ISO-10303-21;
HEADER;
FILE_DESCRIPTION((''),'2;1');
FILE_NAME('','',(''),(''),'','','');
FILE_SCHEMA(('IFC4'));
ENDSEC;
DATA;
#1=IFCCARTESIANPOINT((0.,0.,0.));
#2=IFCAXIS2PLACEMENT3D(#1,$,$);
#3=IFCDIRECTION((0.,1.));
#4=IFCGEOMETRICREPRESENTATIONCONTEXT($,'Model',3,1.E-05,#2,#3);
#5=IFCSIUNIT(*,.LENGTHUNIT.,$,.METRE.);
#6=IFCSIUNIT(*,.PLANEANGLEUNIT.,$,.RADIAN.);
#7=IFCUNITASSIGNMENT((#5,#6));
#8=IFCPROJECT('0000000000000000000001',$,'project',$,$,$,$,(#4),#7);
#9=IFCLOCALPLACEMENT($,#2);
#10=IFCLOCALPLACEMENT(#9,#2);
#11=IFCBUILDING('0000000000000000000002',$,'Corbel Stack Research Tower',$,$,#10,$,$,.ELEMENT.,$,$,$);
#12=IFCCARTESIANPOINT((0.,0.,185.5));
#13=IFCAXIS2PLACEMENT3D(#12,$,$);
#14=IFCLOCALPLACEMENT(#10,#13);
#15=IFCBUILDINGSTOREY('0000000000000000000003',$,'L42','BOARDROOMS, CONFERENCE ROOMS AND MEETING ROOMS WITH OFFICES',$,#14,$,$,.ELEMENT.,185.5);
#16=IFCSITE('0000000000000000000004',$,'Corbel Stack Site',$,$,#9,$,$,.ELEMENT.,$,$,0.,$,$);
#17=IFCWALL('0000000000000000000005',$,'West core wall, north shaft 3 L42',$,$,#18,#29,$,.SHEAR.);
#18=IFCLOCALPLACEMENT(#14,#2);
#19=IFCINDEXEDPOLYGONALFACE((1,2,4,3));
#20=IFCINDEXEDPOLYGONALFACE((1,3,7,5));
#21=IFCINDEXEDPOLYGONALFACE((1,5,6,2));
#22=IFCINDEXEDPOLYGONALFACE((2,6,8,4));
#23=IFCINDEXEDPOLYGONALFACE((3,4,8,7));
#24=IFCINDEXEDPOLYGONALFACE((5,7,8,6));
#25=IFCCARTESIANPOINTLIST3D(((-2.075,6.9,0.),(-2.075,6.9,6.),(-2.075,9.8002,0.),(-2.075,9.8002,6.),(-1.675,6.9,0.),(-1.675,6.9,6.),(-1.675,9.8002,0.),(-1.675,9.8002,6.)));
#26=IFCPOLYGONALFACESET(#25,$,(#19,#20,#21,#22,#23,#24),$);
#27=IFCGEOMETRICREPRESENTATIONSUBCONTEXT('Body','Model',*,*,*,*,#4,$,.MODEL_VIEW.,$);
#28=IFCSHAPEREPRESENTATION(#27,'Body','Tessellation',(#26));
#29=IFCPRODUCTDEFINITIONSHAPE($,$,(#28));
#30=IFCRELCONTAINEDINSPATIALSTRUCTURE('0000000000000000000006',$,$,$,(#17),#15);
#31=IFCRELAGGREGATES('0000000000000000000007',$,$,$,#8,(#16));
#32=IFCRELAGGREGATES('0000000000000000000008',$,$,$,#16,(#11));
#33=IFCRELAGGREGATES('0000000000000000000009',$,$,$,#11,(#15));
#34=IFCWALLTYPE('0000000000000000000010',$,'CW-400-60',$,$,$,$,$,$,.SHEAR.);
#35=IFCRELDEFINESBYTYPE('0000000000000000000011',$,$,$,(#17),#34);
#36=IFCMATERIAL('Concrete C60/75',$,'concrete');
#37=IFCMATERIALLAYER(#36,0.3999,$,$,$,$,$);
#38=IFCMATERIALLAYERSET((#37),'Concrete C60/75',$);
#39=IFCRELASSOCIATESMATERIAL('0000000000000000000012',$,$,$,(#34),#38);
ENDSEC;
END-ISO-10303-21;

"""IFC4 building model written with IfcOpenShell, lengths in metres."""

from ifc_helpers import new_model, si_unit, direction, frame, frame_2d, origin, place, context, subcontext, project, spatial, rectangle, extrude, material, layer, layer_set, type_object, element, save


model = new_model("IFC4")

# Units and contexts
model_context = context("Model", 3, precision=1e-05, world=origin(), true_north=direction((0.0, 1.0)))
body_context = subcontext(model_context, "Body", "Model", "MODEL_VIEW")
ifc_project = project(units=[si_unit("LENGTHUNIT", "METRE"), si_unit("PLANEANGLEUNIT", "RADIAN")], contexts=[model_context])

# Site, building, storey
site_placement = place(None, origin())
site = spatial("IfcSite", under=ifc_project, at=site_placement, Name="Corbel Stack Site", CompositionType="ELEMENT", RefElevation=0.0)
building_placement = place(site_placement, origin())
building = spatial("IfcBuilding", under=site, at=building_placement, Name="Corbel Stack Research Tower", CompositionType="ELEMENT")
storey_placement = place(building_placement, frame((0.0, 0.0, 185.5)))
storey = spatial("IfcBuildingStorey", under=building, at=storey_placement, Name="L42", Description="BOARDROOMS, CONFERENCE ROOMS AND MEETING ROOMS WITH OFFICES", CompositionType="ELEMENT", Elevation=185.5)

# Wall
ifc_material_1 = material(Name="Concrete C60/75", Category="concrete")
ifc_layer_1 = layer(ifc_material_1, 0.3999)
ifc_layer_set_1 = layer_set([ifc_layer_1], Name="Concrete C60/75")
wall_type = type_object("IfcWallType", Name="CW-400-60", PredefinedType="SHEAR", material=ifc_layer_set_1)
wall_placement = place(storey_placement, frame((-1.875, 6.8999, 0.0), z_axis=(0.0, 0.0, 1.0), x_axis=(0.0, 1.0, 0.0)))
element("IfcWall", 1, at=wall_placement, inside=storey, type_object=wall_type, Name="West core wall, north shaft 3 L42", PredefinedType="SHEAR", context=body_context, shape_type="SweptSolid", body=[
    extrude(rectangle(XDim=2.9001, YDim=0.3999, at=frame_2d((1.4502, 0.0))), origin(), (0.0, 0.0, 1.0), 6.0),
])

save(model, "model.ifc")
